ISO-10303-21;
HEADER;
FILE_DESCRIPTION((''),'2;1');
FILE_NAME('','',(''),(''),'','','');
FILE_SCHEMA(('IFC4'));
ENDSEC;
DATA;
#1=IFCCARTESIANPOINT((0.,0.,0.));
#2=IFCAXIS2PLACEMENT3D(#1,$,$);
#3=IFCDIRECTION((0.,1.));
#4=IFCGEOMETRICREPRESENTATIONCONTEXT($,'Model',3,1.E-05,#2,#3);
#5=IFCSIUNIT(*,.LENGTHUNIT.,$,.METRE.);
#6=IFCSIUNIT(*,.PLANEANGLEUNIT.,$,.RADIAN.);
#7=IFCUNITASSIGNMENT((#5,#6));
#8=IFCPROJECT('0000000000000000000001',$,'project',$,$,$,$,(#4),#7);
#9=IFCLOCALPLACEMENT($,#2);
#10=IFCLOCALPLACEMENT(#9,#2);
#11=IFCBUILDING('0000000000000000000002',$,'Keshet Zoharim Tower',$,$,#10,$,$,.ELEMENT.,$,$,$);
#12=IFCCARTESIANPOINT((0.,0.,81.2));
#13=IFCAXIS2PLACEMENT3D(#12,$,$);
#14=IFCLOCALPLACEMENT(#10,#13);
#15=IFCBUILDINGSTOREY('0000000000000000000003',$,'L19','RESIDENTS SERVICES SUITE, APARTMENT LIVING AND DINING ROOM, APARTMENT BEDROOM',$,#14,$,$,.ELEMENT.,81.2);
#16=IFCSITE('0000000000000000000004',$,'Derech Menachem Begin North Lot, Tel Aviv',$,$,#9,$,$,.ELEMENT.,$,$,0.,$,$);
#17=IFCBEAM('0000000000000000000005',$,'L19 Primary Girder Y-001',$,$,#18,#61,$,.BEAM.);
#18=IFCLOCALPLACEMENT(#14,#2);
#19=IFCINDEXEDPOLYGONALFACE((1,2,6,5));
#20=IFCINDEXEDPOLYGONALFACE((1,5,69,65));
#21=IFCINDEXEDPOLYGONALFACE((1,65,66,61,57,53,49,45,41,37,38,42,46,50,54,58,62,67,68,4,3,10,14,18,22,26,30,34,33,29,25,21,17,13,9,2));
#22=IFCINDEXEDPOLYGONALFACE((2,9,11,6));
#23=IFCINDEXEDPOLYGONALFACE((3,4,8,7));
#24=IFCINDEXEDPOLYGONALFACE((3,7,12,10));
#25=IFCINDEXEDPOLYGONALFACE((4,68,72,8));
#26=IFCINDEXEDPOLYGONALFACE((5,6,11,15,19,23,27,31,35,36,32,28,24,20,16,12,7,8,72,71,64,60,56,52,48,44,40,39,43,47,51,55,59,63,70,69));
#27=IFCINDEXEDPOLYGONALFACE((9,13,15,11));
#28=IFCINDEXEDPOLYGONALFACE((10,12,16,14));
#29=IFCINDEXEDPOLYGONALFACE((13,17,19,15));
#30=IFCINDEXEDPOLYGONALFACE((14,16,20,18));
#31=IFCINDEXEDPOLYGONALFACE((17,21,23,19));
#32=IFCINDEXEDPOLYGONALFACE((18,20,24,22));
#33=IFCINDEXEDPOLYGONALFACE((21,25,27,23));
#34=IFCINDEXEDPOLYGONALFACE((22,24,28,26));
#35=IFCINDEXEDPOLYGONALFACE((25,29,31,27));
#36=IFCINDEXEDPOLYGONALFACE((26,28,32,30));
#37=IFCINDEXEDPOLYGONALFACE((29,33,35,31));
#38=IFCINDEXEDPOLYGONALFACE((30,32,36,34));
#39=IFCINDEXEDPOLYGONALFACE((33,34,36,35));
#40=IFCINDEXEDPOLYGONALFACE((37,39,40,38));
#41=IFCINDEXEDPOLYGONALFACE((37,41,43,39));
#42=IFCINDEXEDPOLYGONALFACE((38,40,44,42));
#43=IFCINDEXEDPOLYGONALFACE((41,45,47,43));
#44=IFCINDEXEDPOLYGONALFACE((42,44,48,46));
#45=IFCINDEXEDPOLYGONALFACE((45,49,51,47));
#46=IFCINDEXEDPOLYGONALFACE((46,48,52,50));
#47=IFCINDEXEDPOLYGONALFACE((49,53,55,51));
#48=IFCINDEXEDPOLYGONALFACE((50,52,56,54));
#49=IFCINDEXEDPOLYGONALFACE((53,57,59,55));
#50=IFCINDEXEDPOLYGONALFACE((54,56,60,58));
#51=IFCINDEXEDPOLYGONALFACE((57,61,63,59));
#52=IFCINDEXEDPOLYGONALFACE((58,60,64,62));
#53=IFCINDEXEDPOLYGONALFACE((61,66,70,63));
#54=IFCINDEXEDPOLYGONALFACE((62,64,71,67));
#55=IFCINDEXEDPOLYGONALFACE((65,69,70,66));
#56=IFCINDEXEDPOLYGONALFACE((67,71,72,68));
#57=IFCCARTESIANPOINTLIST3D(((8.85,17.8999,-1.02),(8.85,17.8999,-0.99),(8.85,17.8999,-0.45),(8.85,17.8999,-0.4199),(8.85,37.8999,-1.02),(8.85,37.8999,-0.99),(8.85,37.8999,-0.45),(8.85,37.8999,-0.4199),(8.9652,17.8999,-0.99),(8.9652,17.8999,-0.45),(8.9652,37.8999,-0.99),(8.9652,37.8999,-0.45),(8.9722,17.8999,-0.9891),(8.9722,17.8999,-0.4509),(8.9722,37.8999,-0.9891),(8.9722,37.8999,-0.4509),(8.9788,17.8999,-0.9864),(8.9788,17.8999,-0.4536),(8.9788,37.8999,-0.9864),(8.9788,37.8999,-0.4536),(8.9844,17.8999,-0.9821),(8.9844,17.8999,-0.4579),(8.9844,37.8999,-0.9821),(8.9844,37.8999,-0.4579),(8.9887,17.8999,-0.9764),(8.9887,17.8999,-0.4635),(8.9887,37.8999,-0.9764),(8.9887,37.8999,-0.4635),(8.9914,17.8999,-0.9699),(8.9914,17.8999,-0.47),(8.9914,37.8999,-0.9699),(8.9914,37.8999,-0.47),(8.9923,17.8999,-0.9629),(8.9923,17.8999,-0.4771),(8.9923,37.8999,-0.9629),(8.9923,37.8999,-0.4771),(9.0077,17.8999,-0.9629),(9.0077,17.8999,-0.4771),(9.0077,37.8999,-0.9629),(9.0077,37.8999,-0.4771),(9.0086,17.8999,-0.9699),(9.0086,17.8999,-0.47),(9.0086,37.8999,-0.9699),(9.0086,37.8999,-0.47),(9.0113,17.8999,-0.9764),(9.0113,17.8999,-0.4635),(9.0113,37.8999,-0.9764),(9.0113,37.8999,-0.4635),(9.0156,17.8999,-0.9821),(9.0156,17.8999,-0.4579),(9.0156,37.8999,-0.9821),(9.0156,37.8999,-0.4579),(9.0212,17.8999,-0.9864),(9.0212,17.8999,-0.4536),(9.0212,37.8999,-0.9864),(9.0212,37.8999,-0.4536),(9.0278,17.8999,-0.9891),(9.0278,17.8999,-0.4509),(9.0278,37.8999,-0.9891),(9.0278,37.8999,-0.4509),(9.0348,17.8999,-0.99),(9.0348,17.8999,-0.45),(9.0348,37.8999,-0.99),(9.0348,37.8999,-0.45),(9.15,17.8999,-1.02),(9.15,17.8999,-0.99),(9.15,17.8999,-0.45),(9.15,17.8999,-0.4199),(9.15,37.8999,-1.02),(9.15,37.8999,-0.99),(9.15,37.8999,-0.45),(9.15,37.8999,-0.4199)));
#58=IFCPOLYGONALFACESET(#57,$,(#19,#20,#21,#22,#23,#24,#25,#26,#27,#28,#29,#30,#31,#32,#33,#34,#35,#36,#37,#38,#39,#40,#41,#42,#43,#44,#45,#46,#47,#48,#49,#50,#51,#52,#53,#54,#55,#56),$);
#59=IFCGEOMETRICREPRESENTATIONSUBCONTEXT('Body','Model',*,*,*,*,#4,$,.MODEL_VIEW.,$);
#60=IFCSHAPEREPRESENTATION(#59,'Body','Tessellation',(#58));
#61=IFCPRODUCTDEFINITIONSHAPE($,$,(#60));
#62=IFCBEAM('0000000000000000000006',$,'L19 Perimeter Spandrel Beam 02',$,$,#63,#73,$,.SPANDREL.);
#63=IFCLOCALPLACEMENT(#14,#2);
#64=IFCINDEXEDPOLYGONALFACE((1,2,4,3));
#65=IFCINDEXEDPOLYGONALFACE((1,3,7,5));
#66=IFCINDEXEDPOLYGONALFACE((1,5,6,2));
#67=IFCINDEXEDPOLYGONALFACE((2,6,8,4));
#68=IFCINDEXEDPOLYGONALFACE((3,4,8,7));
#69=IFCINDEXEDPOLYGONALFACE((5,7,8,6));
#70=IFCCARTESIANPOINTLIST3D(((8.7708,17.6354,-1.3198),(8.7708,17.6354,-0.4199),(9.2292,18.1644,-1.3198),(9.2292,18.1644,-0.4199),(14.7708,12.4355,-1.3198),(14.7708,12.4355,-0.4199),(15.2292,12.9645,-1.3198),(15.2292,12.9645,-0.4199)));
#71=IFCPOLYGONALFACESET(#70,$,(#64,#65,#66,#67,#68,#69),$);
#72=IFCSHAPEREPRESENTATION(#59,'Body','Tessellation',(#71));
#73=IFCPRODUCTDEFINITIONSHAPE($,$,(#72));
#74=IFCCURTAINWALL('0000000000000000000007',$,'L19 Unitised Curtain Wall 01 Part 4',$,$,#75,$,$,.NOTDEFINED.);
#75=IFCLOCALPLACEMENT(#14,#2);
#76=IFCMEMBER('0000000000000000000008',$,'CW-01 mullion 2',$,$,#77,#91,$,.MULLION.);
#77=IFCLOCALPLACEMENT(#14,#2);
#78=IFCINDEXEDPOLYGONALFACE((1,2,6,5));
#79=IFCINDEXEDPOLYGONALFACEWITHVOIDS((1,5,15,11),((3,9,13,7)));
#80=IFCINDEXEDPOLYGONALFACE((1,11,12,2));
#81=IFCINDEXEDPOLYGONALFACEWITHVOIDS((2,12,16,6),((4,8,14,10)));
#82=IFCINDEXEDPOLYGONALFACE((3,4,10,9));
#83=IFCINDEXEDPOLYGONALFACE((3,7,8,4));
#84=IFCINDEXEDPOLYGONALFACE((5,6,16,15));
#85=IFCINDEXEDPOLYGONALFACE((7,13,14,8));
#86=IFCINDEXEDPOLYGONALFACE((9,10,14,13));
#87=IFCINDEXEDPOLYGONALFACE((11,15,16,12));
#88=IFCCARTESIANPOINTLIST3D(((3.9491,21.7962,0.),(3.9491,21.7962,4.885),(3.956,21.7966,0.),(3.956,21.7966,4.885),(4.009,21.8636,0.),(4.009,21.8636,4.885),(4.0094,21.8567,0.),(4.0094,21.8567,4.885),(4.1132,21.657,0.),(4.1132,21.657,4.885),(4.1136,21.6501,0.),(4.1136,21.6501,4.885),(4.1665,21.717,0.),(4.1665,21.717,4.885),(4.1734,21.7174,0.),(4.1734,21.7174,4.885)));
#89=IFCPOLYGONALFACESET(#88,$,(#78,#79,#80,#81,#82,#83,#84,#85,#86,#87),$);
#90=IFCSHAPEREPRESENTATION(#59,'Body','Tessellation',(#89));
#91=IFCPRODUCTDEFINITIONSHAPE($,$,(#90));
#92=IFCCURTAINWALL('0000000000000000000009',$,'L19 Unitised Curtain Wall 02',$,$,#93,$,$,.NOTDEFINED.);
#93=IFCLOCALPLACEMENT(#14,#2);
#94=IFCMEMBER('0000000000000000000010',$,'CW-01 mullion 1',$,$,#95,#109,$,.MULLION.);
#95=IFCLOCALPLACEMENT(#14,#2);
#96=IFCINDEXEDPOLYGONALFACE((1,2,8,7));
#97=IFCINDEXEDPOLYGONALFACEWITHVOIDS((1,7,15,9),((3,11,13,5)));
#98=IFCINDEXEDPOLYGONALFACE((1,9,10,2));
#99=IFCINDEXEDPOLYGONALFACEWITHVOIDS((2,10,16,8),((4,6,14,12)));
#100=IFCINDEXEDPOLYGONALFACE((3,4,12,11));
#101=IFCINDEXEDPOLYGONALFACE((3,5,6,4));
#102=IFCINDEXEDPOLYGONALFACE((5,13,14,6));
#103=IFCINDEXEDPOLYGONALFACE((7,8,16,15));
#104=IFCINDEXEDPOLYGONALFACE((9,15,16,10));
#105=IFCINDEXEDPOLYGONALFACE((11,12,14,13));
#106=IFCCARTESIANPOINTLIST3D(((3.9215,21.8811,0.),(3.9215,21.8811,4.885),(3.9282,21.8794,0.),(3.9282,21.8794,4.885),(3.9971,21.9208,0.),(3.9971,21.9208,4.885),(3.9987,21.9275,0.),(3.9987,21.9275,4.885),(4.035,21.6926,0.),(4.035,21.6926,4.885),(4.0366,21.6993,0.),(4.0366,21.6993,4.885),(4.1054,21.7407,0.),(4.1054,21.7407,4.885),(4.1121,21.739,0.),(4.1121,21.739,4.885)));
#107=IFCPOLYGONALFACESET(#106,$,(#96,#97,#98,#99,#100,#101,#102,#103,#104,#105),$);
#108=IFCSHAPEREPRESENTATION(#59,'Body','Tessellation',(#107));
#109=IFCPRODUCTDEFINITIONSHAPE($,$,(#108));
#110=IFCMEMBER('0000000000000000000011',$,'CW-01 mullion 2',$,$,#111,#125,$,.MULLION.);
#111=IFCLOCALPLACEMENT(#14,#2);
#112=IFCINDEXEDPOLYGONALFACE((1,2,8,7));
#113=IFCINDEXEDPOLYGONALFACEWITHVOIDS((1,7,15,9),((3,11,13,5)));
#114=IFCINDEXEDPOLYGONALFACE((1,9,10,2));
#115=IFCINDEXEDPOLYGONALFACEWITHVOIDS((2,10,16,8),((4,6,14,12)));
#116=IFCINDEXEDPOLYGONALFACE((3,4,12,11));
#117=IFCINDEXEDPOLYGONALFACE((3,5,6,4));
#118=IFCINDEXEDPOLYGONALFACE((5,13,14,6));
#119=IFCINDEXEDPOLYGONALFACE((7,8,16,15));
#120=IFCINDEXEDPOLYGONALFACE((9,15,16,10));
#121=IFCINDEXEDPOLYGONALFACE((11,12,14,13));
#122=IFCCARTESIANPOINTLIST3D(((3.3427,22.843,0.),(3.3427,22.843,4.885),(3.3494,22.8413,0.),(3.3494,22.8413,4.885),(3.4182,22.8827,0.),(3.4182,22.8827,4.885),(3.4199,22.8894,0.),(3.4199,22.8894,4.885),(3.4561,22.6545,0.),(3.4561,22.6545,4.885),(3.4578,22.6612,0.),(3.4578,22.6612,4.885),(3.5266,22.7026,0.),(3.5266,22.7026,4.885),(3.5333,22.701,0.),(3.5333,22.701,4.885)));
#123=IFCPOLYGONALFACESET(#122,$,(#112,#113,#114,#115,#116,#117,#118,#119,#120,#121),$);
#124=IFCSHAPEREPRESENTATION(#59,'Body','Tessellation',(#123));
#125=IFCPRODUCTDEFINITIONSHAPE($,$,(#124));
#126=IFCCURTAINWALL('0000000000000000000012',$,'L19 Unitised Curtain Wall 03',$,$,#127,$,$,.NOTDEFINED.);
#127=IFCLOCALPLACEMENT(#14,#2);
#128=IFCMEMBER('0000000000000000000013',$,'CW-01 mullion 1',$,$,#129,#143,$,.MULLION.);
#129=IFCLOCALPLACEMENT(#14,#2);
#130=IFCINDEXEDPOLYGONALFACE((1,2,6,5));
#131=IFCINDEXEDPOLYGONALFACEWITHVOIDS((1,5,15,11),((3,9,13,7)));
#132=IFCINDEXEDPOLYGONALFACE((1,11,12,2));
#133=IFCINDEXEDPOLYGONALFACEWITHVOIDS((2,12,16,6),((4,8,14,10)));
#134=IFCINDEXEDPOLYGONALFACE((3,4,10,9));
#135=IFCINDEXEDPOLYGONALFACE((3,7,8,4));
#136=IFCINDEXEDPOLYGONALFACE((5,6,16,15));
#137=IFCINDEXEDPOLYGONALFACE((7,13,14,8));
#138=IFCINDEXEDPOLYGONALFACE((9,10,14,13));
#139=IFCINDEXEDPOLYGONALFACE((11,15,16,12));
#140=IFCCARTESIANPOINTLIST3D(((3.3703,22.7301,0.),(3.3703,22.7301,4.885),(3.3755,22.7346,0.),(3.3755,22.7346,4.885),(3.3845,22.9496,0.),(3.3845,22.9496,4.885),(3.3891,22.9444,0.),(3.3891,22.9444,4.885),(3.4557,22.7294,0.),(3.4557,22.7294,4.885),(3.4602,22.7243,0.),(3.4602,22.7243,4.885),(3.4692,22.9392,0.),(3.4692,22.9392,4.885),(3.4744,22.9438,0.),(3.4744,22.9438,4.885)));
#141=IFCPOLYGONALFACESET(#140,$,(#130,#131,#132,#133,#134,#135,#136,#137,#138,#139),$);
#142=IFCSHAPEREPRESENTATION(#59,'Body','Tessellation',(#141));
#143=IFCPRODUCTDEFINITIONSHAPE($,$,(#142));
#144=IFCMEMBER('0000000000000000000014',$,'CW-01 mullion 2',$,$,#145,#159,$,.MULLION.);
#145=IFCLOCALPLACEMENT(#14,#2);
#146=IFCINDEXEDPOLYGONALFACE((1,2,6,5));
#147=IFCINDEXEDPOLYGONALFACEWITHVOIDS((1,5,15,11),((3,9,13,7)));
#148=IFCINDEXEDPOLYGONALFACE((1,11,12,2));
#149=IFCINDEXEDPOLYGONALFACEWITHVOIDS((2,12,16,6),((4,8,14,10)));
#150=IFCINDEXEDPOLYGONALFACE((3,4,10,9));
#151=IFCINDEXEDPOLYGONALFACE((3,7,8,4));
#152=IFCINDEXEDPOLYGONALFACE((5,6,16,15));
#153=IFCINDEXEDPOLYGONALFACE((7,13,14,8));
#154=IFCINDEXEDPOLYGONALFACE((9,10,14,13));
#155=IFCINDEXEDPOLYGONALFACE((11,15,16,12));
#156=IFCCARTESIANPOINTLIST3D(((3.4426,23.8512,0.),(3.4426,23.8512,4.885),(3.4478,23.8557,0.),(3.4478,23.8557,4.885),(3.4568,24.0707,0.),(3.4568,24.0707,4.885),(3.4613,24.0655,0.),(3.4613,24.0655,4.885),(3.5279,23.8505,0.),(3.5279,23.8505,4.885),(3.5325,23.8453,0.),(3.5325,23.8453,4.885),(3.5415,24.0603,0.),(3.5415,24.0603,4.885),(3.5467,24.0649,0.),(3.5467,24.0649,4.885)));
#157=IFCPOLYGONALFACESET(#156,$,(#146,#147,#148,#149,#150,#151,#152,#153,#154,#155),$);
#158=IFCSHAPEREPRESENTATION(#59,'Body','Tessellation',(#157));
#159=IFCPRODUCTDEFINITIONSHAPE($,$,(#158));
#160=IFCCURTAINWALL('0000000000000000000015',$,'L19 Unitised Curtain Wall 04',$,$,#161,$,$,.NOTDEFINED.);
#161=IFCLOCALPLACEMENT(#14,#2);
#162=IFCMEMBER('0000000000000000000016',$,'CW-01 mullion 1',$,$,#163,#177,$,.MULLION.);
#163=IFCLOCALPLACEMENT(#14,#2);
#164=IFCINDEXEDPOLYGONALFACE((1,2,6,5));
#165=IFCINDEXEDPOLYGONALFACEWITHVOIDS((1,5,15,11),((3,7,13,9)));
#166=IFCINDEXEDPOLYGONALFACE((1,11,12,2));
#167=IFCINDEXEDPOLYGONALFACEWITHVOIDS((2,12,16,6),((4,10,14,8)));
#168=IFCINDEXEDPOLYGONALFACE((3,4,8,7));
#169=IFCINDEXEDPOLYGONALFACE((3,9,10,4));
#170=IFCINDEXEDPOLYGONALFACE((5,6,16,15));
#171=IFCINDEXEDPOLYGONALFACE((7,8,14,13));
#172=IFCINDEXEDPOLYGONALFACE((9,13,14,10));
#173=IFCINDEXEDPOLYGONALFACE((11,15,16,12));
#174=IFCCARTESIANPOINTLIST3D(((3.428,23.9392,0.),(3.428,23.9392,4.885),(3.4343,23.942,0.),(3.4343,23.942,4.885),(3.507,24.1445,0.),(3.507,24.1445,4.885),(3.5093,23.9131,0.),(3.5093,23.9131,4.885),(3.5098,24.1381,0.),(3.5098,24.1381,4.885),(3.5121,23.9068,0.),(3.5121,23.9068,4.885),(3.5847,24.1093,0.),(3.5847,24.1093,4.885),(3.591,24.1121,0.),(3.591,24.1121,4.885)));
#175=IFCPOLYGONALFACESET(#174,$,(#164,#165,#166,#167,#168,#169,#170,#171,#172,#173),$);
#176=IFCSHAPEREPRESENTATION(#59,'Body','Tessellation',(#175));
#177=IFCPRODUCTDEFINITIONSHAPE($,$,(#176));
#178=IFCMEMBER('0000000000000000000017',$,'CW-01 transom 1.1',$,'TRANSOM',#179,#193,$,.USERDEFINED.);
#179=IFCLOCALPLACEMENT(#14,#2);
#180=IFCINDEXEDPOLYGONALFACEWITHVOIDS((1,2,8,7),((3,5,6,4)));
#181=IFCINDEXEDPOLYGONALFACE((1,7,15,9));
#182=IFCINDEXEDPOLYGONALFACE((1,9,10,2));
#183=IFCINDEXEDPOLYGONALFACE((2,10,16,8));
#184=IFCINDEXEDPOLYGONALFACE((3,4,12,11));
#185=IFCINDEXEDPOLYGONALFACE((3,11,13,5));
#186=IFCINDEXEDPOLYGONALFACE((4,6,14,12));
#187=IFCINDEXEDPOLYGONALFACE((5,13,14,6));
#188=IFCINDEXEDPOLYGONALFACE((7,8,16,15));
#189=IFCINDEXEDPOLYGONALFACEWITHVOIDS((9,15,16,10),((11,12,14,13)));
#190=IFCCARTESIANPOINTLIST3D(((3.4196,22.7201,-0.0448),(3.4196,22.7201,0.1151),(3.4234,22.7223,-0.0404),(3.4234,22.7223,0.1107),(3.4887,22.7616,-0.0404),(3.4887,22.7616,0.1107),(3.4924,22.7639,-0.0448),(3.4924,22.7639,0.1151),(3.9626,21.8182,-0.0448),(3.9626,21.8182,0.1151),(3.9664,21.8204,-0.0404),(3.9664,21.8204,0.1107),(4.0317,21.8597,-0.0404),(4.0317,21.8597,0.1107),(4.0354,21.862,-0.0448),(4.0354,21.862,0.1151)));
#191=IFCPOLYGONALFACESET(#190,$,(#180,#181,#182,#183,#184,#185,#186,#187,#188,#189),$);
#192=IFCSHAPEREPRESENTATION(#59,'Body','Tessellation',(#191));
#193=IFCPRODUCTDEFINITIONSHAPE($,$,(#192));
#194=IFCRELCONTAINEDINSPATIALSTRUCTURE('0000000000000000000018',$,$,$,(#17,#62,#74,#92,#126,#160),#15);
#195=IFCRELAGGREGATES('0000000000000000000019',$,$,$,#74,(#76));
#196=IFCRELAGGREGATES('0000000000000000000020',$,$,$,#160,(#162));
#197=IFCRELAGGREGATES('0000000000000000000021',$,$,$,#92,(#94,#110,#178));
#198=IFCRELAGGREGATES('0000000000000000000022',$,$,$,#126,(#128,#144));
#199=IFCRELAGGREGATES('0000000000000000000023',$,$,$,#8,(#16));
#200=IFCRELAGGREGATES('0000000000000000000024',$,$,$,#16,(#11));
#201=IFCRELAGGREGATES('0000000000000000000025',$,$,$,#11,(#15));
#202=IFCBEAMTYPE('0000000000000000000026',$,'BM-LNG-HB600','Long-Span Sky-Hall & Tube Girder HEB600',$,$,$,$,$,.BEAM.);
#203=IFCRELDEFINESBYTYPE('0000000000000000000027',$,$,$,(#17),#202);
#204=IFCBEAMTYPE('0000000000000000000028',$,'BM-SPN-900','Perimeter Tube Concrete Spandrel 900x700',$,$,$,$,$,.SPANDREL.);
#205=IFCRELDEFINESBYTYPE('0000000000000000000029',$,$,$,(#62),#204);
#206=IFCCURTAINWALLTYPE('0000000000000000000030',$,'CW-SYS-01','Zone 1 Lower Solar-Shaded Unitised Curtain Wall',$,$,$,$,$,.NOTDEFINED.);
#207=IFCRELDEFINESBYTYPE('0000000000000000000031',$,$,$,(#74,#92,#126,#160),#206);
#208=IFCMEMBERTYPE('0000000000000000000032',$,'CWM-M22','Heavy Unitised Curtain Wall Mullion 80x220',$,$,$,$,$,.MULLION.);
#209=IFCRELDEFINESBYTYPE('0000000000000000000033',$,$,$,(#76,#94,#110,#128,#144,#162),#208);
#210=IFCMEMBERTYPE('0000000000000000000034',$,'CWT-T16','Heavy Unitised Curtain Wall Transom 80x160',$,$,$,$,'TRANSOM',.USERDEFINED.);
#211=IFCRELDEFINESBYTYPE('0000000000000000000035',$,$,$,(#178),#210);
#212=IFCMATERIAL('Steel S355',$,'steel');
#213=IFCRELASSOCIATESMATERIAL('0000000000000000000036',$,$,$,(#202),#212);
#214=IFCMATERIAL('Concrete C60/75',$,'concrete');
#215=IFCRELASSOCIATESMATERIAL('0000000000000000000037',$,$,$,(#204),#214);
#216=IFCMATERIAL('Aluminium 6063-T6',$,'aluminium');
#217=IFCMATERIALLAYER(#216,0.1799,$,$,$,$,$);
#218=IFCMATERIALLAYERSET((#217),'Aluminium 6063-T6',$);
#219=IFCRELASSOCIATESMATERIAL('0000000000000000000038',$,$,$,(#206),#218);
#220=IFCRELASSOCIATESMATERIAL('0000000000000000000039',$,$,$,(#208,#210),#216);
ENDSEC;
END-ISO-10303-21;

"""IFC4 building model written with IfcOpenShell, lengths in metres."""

from ifc_helpers import new_model, si_unit, direction, frame, origin, origin_2d, place, context, subcontext, project, spatial, rectangle, hollow_rectangle, i_section, extrude, material, layer, layer_set, material_profile, profile_set, type_object, element, aggregate, save


model = new_model("IFC4")

# Units and contexts
model_context = context("Model", 3, precision=1e-05, world=origin(), true_north=direction((0.0, 1.0)))
body_context = subcontext(model_context, "Body", "Model", "MODEL_VIEW")
ifc_project = project(units=[si_unit("LENGTHUNIT", "METRE"), si_unit("PLANEANGLEUNIT", "RADIAN")], contexts=[model_context])

# Site, building, storey
site_placement = place(None, origin())
site = spatial("IfcSite", under=ifc_project, at=site_placement, Name="Derech Menachem Begin North Lot, Tel Aviv", CompositionType="ELEMENT", RefElevation=0.0)
building_placement = place(site_placement, origin())
building = spatial("IfcBuilding", under=site, at=building_placement, Name="Keshet Zoharim Tower", CompositionType="ELEMENT")
storey_placement = place(building_placement, frame((0.0, 0.0, 81.2)))
storey = spatial("IfcBuildingStorey", under=building, at=storey_placement, Name="L19", Description="RESIDENTS SERVICES SUITE, APARTMENT LIVING AND DINING ROOM, APARTMENT BEDROOM", CompositionType="ELEMENT", Elevation=81.2)

# Beams
ifc_material_1 = material(Name="Steel S355", Category="steel")
ifc_material_profile_1 = material_profile(ifc_material_1, i_section(OverallWidth=0.3, OverallDepth=0.6001, WebThickness=0.0154, FlangeThickness=0.03, FilletRadius=0.0271, at=origin_2d()), Name="HEB600")
ifc_profile_set_1 = profile_set([ifc_material_profile_1], Name="Steel S355")
beam_type_1 = type_object("IfcBeamType", Name="BM-LNG-HB600", Description="Long-Span Sky-Hall & Tube Girder HEB600", PredefinedType="BEAM", material=ifc_profile_set_1)
beam_1_placement = place(storey_placement, frame((9.0, 17.8999, -0.72), z_axis=(0.0, 1.0, 0.0), x_axis=(-1.0, 0.0, 0.0)))
element("IfcBeam", 1, at=beam_1_placement, inside=storey, type_object=beam_type_1, Name="L19 Primary Girder Y-001", PredefinedType="BEAM", context=body_context, shape_type="SweptSolid", body=[
    extrude(i_section(OverallWidth=0.3, OverallDepth=0.6001, WebThickness=0.0154, FlangeThickness=0.03, FilletRadius=0.0271, at=origin_2d()), origin(), (0.0, 0.0, 1.0), 20.0),
])
ifc_material_2 = material(Name="Concrete C60/75", Category="concrete")
ifc_material_profile_2 = material_profile(ifc_material_2, rectangle(XDim=0.7, YDim=0.8999, at=origin_2d()), Name="RC900x700")
ifc_profile_set_2 = profile_set([ifc_material_profile_2], Name="Concrete C60/75")
beam_type_2 = type_object("IfcBeamType", Name="BM-SPN-900", Description="Perimeter Tube Concrete Spandrel 900x700", PredefinedType="SPANDREL", material=ifc_profile_set_2)
beam_2_placement = place(storey_placement, frame((9.0, 17.8999, -0.8699), z_axis=(0.755692, -0.654927, 0.0), x_axis=(0.654927, 0.755692, 0.0)))
element("IfcBeam", 2, at=beam_2_placement, inside=storey, type_object=beam_type_2, Name="L19 Perimeter Spandrel Beam 02", PredefinedType="SPANDREL", context=body_context, shape_type="SweptSolid", body=[
    extrude(rectangle(XDim=0.7, YDim=0.8999, at=origin_2d()), origin(), (0.0, 0.0, 1.0), 7.9397),
])

# Curtain wall, member
ifc_material_3 = material(Name="Aluminium 6063-T6", Category="aluminium")
ifc_layer_1 = layer(ifc_material_3, 0.1799)
ifc_layer_set_1 = layer_set([ifc_layer_1], Name="Aluminium 6063-T6")
curtain_wall_type = type_object("IfcCurtainWallType", Name="CW-SYS-01", Description="Zone 1 Lower Solar-Shaded Unitised Curtain Wall", PredefinedType="NOTDEFINED", material=ifc_layer_set_1)
curtain_wall_1_placement = place(storey_placement, origin())
curtain_wall_1 = element("IfcCurtainWall", 3, at=curtain_wall_1_placement, inside=storey, type_object=curtain_wall_type, Name="L19 Unitised Curtain Wall 01 Part 4", PredefinedType="NOTDEFINED")
ifc_material_profile_3 = material_profile(ifc_material_3, hollow_rectangle(XDim=0.0901, YDim=0.22, WallThickness=0.0049, at=origin_2d()), Name="MUL-90x220")
ifc_profile_set_3 = profile_set([ifc_material_profile_3], Name="Aluminium 6063-T6")
member_type_1 = type_object("IfcMemberType", Name="CWM-M22", Description="Heavy Unitised Curtain Wall Mullion 80x220", PredefinedType="MULLION", material=ifc_profile_set_3)
member_1_placement = place(storey_placement, frame((4.0613, 21.7568, 0.0), z_axis=(0.0, 0.0, 1.0), x_axis=(-0.664365, -0.747408, 0.0)))
member_1 = element("IfcMember", 4, at=member_1_placement, type_object=member_type_1, Name="CW-01 mullion 2", PredefinedType="MULLION", context=body_context, shape_type="SweptSolid", body=[
    extrude(hollow_rectangle(XDim=0.0901, YDim=0.22, WallThickness=0.0049, at=origin_2d()), origin(), (0.0, 0.0, 1.0), 4.885),
])
aggregate(curtain_wall_1, [member_1])

# Curtain walls, members
curtain_wall_2_placement = place(storey_placement, origin())
curtain_wall_2 = element("IfcCurtainWall", 5, at=curtain_wall_2_placement, inside=storey, type_object=curtain_wall_type, Name="L19 Unitised Curtain Wall 02", PredefinedType="NOTDEFINED")
member_2_placement = place(storey_placement, frame((4.0168, 21.8101, 0.0), z_axis=(0.0, 0.0, 1.0), x_axis=(-0.856826, -0.515605, 0.0)))
member_2 = element("IfcMember", 6, at=member_2_placement, type_object=member_type_1, Name="CW-01 mullion 1", PredefinedType="MULLION", context=body_context, shape_type="SweptSolid", body=[
    extrude(hollow_rectangle(XDim=0.0901, YDim=0.22, WallThickness=0.0049, at=origin_2d()), origin(), (0.0, 0.0, 1.0), 4.885),
])
member_3_placement = place(storey_placement, frame((3.438, 22.772, 0.0), z_axis=(0.0, 0.0, 1.0), x_axis=(-0.856826, -0.515605, 0.0)))
member_3 = element("IfcMember", 7, at=member_3_placement, type_object=member_type_1, Name="CW-01 mullion 2", PredefinedType="MULLION", context=body_context, shape_type="SweptSolid", body=[
    extrude(hollow_rectangle(XDim=0.0901, YDim=0.22, WallThickness=0.0049, at=origin_2d()), origin(), (0.0, 0.0, 1.0), 4.885),
])
curtain_wall_3_placement = place(storey_placement, origin())
curtain_wall_3 = element("IfcCurtainWall", 8, at=curtain_wall_3_placement, inside=storey, type_object=curtain_wall_type, Name="L19 Unitised Curtain Wall 03", PredefinedType="NOTDEFINED")
member_4_placement = place(storey_placement, frame((3.4224, 22.8369, 0.0), z_axis=(0.0, 0.0, 1.0), x_axis=(-0.997917, 0.064517, 0.0)))
member_4 = element("IfcMember", 9, at=member_4_placement, type_object=member_type_1, Name="CW-01 mullion 1", PredefinedType="MULLION", context=body_context, shape_type="SweptSolid", body=[
    extrude(hollow_rectangle(XDim=0.0901, YDim=0.22, WallThickness=0.0049, at=origin_2d()), origin(), (0.0, 0.0, 1.0), 4.885),
])
member_5_placement = place(storey_placement, frame((3.4946, 23.958, 0.0), z_axis=(0.0, 0.0, 1.0), x_axis=(-0.997917, 0.064517, 0.0)))
member_5 = element("IfcMember", 10, at=member_5_placement, type_object=member_type_1, Name="CW-01 mullion 2", PredefinedType="MULLION", context=body_context, shape_type="SweptSolid", body=[
    extrude(hollow_rectangle(XDim=0.0901, YDim=0.22, WallThickness=0.0049, at=origin_2d()), origin(), (0.0, 0.0, 1.0), 4.885),
])

# Curtain wall, member
curtain_wall_4_placement = place(storey_placement, origin())
curtain_wall_4 = element("IfcCurtainWall", 11, at=curtain_wall_4_placement, inside=storey, type_object=curtain_wall_type, Name="L19 Unitised Curtain Wall 04", PredefinedType="NOTDEFINED")
member_6_placement = place(storey_placement, frame((3.5095, 24.0256, 0.0), z_axis=(0.0, 0.0, 1.0), x_axis=(-0.933341, 0.35899, 0.0)))
member_6 = element("IfcMember", 12, at=member_6_placement, type_object=member_type_1, Name="CW-01 mullion 1", PredefinedType="MULLION", context=body_context, shape_type="SweptSolid", body=[
    extrude(hollow_rectangle(XDim=0.0901, YDim=0.22, WallThickness=0.0049, at=origin_2d()), origin(), (0.0, 0.0, 1.0), 4.885),
])

# Member
ifc_material_profile_4 = material_profile(ifc_material_3, hollow_rectangle(XDim=0.085, YDim=0.1599, WallThickness=0.0044, at=origin_2d()), Name="TRN-85x160")
ifc_profile_set_4 = profile_set([ifc_material_profile_4], Name="Aluminium 6063-T6")
member_type_2 = type_object("IfcMemberType", Name="CWT-T16", Description="Heavy Unitised Curtain Wall Transom 80x160", ElementType="TRANSOM", PredefinedType="USERDEFINED", material=ifc_profile_set_4)
member_7_placement = place(storey_placement, frame((3.999, 21.8401, 0.0352), z_axis=(-0.515791, 0.856714, 0.0), x_axis=(-0.856714, -0.515791, 0.0)))
member_7 = element("IfcMember", 13, at=member_7_placement, type_object=member_type_2, Name="CW-01 transom 1.1", ObjectType="TRANSOM", PredefinedType="USERDEFINED", context=body_context, shape_type="SweptSolid", body=[
    extrude(hollow_rectangle(XDim=0.085, YDim=0.1599, WallThickness=0.0044, at=origin_2d()), origin(), (0.0, 0.0, 1.0), 1.0527),
])
aggregate(curtain_wall_4, [member_6])

aggregate(curtain_wall_2, [member_2, member_3, member_7])
aggregate(curtain_wall_3, [member_4, member_5])

save(model, "model.ifc")
